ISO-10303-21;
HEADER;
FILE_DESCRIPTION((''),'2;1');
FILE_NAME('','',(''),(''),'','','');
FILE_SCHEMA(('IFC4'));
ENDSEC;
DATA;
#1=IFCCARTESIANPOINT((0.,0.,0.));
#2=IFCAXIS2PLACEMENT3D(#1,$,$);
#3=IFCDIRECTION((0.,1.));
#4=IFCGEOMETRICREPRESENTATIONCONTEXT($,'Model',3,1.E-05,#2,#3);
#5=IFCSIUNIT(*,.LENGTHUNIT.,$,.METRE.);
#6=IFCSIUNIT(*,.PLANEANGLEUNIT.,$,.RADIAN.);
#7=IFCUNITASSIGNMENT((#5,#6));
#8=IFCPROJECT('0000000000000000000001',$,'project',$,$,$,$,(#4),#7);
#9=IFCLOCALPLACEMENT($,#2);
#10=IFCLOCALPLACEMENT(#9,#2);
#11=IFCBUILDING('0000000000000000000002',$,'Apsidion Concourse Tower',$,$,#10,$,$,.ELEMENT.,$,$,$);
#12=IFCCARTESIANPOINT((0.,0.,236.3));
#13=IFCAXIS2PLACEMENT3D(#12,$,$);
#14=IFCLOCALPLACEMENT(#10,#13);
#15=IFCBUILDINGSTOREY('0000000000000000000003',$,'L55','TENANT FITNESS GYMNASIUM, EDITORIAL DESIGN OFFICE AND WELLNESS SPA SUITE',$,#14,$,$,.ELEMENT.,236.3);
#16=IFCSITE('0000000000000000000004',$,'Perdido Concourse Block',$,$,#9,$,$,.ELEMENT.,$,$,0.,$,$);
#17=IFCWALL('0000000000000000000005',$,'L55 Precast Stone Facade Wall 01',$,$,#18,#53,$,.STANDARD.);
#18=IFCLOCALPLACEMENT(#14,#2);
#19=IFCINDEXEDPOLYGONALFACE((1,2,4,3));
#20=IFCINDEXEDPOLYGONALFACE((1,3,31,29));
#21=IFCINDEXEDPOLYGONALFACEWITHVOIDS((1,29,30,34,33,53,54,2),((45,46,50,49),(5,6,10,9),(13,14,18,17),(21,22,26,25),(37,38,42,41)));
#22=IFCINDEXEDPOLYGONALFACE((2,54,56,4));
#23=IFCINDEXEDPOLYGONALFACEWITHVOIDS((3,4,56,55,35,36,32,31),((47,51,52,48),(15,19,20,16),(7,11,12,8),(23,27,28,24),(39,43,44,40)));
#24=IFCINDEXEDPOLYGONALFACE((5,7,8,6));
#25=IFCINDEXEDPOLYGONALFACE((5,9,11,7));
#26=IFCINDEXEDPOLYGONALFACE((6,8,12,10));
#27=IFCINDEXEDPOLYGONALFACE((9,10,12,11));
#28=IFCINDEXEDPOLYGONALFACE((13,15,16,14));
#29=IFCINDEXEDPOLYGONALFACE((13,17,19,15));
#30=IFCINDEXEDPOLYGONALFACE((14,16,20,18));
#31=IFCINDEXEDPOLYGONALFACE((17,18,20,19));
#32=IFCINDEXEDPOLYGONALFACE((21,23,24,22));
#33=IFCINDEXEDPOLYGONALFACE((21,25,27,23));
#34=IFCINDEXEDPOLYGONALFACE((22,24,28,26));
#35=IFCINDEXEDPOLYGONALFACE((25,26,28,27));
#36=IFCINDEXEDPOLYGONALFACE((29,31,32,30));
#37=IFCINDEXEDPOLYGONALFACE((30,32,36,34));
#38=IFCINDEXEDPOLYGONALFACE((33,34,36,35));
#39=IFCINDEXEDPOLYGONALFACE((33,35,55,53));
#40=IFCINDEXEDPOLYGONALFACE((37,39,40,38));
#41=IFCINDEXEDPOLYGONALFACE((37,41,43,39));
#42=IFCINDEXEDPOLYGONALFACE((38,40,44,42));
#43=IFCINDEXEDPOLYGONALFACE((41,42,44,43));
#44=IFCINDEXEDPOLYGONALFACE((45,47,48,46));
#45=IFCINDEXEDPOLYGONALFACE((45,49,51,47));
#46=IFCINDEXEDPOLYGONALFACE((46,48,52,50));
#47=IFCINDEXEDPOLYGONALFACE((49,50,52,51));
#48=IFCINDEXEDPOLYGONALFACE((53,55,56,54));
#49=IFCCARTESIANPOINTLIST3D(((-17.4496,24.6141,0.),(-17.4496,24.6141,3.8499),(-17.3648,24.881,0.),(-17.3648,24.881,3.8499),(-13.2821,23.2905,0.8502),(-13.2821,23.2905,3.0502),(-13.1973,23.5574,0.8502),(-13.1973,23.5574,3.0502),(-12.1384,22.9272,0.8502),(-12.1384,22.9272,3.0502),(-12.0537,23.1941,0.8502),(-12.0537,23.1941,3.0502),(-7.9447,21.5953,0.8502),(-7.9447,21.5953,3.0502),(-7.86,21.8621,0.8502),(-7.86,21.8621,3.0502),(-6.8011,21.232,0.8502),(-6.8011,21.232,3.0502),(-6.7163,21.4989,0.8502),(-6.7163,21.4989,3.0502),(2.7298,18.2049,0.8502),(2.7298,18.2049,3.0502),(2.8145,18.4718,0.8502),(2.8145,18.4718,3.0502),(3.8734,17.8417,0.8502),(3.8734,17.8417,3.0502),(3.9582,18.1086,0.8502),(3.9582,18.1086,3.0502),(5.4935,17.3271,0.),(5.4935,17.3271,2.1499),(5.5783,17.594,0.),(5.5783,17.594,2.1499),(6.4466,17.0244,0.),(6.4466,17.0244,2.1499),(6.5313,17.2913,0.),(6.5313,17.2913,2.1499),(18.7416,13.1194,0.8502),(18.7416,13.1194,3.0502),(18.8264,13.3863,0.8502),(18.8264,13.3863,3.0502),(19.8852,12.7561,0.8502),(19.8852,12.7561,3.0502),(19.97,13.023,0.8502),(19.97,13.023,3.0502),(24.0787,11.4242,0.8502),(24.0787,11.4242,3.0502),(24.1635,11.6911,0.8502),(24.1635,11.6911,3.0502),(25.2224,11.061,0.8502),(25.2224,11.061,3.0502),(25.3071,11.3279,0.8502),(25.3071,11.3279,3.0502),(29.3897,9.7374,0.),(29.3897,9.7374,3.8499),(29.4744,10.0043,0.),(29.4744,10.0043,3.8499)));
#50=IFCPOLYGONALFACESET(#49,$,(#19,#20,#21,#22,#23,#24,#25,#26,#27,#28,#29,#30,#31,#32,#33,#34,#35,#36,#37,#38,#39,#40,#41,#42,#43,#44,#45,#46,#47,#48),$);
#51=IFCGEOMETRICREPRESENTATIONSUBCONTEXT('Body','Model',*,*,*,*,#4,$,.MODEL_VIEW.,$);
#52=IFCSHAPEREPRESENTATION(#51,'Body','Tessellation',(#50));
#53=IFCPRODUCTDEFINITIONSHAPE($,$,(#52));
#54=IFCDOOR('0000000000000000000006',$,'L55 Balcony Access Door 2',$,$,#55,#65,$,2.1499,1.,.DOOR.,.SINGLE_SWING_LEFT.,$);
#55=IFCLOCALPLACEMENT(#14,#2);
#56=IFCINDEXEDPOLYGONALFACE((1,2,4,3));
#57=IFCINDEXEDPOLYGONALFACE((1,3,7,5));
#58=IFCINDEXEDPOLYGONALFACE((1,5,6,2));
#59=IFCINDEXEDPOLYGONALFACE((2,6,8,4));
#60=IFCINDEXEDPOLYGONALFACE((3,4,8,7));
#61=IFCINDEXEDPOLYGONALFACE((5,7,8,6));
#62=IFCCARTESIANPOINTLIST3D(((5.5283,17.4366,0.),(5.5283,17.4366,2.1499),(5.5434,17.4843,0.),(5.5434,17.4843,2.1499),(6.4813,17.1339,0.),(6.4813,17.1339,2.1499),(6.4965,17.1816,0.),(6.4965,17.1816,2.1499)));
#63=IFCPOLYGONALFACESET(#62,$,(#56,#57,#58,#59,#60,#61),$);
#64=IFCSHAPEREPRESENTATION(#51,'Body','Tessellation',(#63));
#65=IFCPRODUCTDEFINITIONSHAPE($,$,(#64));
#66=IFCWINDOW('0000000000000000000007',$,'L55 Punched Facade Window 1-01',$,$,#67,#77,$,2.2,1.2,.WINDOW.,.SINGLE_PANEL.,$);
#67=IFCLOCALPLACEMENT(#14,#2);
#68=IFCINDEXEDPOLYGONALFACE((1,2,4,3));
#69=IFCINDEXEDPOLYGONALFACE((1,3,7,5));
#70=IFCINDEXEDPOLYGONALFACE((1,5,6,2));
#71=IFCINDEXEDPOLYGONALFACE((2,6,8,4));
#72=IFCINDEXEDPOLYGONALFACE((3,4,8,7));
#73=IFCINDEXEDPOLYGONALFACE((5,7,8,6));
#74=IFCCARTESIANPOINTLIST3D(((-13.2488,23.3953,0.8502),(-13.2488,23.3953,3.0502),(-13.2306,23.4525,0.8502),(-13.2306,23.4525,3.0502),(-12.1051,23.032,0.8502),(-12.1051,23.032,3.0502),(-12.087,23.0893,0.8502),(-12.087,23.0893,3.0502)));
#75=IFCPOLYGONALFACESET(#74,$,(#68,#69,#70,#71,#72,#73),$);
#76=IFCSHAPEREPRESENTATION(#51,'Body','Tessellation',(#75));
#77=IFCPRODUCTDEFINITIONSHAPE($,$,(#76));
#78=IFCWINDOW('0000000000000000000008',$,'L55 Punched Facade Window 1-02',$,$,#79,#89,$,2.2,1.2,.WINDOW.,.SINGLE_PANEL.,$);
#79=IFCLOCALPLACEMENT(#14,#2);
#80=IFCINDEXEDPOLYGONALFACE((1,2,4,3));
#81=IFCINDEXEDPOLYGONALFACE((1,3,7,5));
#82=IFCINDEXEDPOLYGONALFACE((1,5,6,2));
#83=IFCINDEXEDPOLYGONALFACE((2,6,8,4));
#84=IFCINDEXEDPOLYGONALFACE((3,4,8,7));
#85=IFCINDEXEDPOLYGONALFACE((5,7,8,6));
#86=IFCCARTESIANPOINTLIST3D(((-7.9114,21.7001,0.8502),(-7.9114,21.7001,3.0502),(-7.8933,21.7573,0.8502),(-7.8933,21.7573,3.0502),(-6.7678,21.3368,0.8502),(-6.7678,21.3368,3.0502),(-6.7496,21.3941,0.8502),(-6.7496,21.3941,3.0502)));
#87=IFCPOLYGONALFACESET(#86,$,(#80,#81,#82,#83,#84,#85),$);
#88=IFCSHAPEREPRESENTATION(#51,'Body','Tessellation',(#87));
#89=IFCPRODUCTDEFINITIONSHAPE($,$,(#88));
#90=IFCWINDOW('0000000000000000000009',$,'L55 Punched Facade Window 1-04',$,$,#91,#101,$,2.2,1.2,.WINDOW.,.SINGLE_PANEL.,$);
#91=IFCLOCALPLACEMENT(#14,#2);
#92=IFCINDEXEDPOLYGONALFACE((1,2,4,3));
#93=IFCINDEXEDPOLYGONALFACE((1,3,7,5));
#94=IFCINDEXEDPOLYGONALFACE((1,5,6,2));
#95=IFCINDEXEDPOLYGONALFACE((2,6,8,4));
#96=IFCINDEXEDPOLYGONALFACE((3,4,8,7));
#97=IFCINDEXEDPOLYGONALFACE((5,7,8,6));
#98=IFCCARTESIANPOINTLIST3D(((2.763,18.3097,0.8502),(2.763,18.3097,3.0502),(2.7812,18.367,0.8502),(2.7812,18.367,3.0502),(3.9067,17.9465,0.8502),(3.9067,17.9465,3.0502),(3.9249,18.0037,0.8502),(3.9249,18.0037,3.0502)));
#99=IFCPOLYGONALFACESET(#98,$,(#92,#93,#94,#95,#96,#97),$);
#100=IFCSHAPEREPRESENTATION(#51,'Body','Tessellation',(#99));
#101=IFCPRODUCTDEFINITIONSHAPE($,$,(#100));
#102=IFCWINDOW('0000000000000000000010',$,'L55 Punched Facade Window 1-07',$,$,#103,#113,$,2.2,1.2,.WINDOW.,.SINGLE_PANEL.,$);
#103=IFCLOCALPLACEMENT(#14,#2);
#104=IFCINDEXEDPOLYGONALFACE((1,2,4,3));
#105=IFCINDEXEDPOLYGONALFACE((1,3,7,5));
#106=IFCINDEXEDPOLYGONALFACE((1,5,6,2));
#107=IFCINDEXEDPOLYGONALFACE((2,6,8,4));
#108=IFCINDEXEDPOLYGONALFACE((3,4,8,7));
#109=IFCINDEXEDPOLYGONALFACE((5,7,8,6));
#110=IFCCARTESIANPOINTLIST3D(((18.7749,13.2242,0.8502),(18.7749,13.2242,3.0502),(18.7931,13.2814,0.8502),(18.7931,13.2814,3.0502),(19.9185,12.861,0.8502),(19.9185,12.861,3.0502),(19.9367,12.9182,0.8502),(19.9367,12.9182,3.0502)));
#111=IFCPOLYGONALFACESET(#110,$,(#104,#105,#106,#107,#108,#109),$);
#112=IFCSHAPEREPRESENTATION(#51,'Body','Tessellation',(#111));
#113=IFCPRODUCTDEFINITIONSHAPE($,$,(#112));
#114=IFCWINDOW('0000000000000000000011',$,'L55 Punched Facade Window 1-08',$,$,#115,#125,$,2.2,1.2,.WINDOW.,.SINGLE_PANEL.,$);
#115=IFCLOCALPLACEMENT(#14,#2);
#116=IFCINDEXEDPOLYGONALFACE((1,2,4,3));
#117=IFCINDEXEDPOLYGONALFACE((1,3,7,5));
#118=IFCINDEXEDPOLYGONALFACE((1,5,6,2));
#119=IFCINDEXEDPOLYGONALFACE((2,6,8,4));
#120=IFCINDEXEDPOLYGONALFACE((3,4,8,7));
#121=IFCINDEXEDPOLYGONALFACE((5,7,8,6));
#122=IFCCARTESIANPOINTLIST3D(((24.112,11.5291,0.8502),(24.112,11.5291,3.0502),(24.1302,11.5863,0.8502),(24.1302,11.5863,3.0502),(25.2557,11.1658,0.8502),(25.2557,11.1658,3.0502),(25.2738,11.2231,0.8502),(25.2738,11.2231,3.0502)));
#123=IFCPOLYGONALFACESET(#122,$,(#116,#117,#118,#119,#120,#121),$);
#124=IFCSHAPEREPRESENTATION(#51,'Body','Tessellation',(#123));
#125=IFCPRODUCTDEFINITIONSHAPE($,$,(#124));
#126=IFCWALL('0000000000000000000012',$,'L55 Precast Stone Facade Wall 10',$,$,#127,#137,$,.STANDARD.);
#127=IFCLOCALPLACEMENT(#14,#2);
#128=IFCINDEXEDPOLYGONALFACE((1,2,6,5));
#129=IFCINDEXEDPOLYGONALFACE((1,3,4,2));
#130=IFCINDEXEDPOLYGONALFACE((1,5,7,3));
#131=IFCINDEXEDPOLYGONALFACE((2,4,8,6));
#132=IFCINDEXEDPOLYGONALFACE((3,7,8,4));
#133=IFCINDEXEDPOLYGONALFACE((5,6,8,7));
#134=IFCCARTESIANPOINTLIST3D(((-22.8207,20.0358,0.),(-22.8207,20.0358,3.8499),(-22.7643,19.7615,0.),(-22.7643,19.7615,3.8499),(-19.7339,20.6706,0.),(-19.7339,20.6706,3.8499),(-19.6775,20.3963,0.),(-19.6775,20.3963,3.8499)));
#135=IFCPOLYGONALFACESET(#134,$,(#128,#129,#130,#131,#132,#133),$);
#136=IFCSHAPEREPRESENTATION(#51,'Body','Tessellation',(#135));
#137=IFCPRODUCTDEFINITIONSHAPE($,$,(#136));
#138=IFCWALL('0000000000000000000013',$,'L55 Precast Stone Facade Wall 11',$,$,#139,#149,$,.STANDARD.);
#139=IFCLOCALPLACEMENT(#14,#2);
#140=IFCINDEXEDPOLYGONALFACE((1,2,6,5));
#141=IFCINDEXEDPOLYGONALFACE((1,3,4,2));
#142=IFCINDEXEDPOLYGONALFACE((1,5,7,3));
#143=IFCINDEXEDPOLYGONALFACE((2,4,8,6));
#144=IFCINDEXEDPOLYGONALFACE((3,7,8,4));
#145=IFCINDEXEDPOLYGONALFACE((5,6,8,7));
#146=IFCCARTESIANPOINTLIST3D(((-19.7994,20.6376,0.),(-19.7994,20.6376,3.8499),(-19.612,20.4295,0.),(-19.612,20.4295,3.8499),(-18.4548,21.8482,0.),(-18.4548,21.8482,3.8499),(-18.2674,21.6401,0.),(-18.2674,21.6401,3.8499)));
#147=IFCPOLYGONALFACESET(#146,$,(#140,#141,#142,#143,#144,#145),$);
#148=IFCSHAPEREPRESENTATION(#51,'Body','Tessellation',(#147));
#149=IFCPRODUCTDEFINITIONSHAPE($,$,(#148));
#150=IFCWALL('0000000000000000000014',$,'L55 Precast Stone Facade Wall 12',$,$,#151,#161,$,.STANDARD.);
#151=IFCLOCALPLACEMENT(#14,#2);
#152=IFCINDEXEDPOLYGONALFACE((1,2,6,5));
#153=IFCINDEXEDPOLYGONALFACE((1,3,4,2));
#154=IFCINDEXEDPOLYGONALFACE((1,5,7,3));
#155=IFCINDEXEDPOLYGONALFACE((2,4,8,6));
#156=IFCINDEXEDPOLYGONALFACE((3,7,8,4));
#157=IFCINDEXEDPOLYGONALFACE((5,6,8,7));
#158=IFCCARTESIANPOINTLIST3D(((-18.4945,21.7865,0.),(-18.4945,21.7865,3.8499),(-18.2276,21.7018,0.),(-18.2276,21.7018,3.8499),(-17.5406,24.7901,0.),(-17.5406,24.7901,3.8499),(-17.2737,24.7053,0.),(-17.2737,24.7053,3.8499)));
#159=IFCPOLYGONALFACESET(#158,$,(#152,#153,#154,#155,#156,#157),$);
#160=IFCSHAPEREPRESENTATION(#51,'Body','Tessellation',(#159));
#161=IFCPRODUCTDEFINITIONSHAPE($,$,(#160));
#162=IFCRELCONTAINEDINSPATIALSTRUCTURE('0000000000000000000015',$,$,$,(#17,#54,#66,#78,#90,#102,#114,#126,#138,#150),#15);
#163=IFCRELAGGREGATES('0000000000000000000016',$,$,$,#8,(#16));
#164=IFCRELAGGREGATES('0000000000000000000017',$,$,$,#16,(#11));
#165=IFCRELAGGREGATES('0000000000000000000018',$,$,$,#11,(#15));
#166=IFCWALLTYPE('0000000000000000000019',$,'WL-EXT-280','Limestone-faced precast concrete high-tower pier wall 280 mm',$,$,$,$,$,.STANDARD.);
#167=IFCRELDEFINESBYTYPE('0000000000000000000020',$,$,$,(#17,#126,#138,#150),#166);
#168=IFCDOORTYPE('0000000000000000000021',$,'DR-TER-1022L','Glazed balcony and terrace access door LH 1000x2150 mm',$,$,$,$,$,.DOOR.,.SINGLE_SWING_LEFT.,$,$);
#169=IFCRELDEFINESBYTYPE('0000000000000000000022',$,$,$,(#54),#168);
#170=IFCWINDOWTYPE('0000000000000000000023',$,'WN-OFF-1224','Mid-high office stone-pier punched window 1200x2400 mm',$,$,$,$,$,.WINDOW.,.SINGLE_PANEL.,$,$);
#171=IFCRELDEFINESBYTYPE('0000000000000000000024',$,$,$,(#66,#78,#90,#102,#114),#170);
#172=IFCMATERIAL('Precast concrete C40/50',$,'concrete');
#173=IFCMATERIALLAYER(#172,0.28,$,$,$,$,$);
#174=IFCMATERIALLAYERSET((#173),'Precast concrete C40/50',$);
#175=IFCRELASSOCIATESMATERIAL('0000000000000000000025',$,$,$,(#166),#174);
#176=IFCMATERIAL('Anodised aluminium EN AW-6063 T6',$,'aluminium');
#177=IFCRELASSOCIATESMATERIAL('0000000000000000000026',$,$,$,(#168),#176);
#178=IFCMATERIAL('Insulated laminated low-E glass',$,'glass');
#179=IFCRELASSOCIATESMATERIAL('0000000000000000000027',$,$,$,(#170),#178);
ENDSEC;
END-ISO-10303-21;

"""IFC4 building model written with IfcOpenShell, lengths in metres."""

from ifc_helpers import new_model, si_unit, direction, frame, frame_2d, origin, place, context, subcontext, project, spatial, rectangle, extrude, material, layer, layer_set, type_object, element, fill, save


model = new_model("IFC4")

# Units and contexts
model_context = context("Model", 3, precision=1e-05, world=origin(), true_north=direction((0.0, 1.0)))
body_context = subcontext(model_context, "Body", "Model", "MODEL_VIEW")
ifc_project = project(units=[si_unit("LENGTHUNIT", "METRE"), si_unit("PLANEANGLEUNIT", "RADIAN")], contexts=[model_context])

# Site, building, storey
site_placement = place(None, origin())
site = spatial("IfcSite", under=ifc_project, at=site_placement, Name="Perdido Concourse Block", CompositionType="ELEMENT", RefElevation=0.0)
building_placement = place(site_placement, origin())
building = spatial("IfcBuilding", under=site, at=building_placement, Name="Apsidion Concourse Tower", CompositionType="ELEMENT")
storey_placement = place(building_placement, frame((0.0, 0.0, 236.3)))
storey = spatial("IfcBuildingStorey", under=building, at=storey_placement, Name="L55", Description="TENANT FITNESS GYMNASIUM, EDITORIAL DESIGN OFFICE AND WELLNESS SPA SUITE", CompositionType="ELEMENT", Elevation=236.3)

# Wall, openings, door, windows
ifc_material_1 = material(Name="Precast concrete C40/50", Category="concrete")
ifc_layer = layer(ifc_material_1, 0.28)
ifc_layer_set = layer_set([ifc_layer], Name="Precast concrete C40/50")
wall_type = type_object("IfcWallType", Name="WL-EXT-280", Description="Limestone-faced precast concrete high-tower pier wall 280 mm", PredefinedType="STANDARD", material=ifc_layer_set)
wall_1_placement = place(storey_placement, frame((-17.4072, 24.7476, 0.0), z_axis=(0.0, 0.0, 1.0), x_axis=(0.953083, -0.30271, 0.0)))
wall_1 = element("IfcWall", 1, at=wall_1_placement, inside=storey, type_object=wall_type, Name="L55 Precast Stone Facade Wall 01", PredefinedType="STANDARD", context=body_context, shape_type="SweptSolid", body=[
    extrude(rectangle(XDim=49.145, YDim=0.28, at=frame_2d((24.5725, 0.0))), origin(), (0.0, 0.0, 1.0), 3.8499),
])
opening_1_placement = place(wall_1_placement, frame((24.0725, 0.0, 0.0)))
opening_1 = element("IfcOpeningElement", 2, at=opening_1_placement, cuts=wall_1, PredefinedType="OPENING", context=body_context, shape_type="SweptSolid", body=[
    extrude(rectangle(XDim=1.0, YDim=2.1499, at=frame_2d((0.5, 1.075))), frame((0.0, 0.1499, 0.0), z_axis=(0.0, -1.0, 0.0), x_axis=(1.0, 0.0, 0.0)), (0.0, 0.0, 1.0), 0.3),
])
opening_2_placement = place(wall_1_placement, frame((4.3726, 0.0, 0.8501)))
opening_2 = element("IfcOpeningElement", 3, at=opening_2_placement, cuts=wall_1, PredefinedType="OPENING", context=body_context, shape_type="SweptSolid", body=[
    extrude(rectangle(XDim=1.2, YDim=2.2, at=frame_2d((0.6001, 1.1001))), frame((0.0, 0.1499, 0.0), z_axis=(0.0, -1.0, 0.0), x_axis=(1.0, 0.0, 0.0)), (0.0, 0.0, 1.0), 0.3),
])
opening_3_placement = place(wall_1_placement, frame((9.9727, 0.0, 0.8501)))
opening_3 = element("IfcOpeningElement", 4, at=opening_3_placement, cuts=wall_1, PredefinedType="OPENING", context=body_context, shape_type="SweptSolid", body=[
    extrude(rectangle(XDim=1.2, YDim=2.2, at=frame_2d((0.6001, 1.1001))), frame((0.0, 0.1499, 0.0), z_axis=(0.0, -1.0, 0.0), x_axis=(1.0, 0.0, 0.0)), (0.0, 0.0, 1.0), 0.3),
])
opening_4_placement = place(wall_1_placement, frame((21.1726, 0.0, 0.8501)))
opening_4 = element("IfcOpeningElement", 5, at=opening_4_placement, cuts=wall_1, PredefinedType="OPENING", context=body_context, shape_type="SweptSolid", body=[
    extrude(rectangle(XDim=1.2, YDim=2.2, at=frame_2d((0.6001, 1.1001))), frame((0.0, 0.1499, 0.0), z_axis=(0.0, -1.0, 0.0), x_axis=(1.0, 0.0, 0.0)), (0.0, 0.0, 1.0), 0.3),
])
opening_5_placement = place(wall_1_placement, frame((37.9727, 0.0, 0.8501)))
opening_5 = element("IfcOpeningElement", 6, at=opening_5_placement, cuts=wall_1, PredefinedType="OPENING", context=body_context, shape_type="SweptSolid", body=[
    extrude(rectangle(XDim=1.2, YDim=2.2, at=frame_2d((0.6001, 1.1001))), frame((0.0, 0.1499, 0.0), z_axis=(0.0, -1.0, 0.0), x_axis=(1.0, 0.0, 0.0)), (0.0, 0.0, 1.0), 0.3),
])
opening_6_placement = place(wall_1_placement, frame((43.5725, 0.0, 0.8501)))
opening_6 = element("IfcOpeningElement", 7, at=opening_6_placement, cuts=wall_1, PredefinedType="OPENING", context=body_context, shape_type="SweptSolid", body=[
    extrude(rectangle(XDim=1.2, YDim=2.2, at=frame_2d((0.6001, 1.1001))), frame((0.0, 0.1499, 0.0), z_axis=(0.0, -1.0, 0.0), x_axis=(1.0, 0.0, 0.0)), (0.0, 0.0, 1.0), 0.3),
])
ifc_material_2 = material(Name="Anodised aluminium EN AW-6063 T6", Category="aluminium")
door_type = type_object("IfcDoorType", Name="DR-TER-1022L", Description="Glazed balcony and terrace access door LH 1000x2150 mm", OperationType="SINGLE_SWING_LEFT", PredefinedType="DOOR", material=ifc_material_2)
door_placement = place(opening_1_placement, origin())
door = element("IfcDoor", 8, at=door_placement, inside=storey, type_object=door_type, Name="L55 Balcony Access Door 2", OperationType="SINGLE_SWING_LEFT", OverallHeight=2.1499, OverallWidth=1.0, PredefinedType="DOOR", context=body_context, shape_type="SweptSolid", body=[
    extrude(rectangle(XDim=1.0, YDim=2.1499, at=frame_2d((0.5, 1.075))), frame((0.0, 0.0249, 0.0), z_axis=(0.0, -1.0, 0.0), x_axis=(1.0, 0.0, 0.0)), (0.0, 0.0, 1.0), 0.05),
])
fill(opening_1, door)
ifc_material_3 = material(Name="Insulated laminated low-E glass", Category="glass")
window_type = type_object("IfcWindowType", Name="WN-OFF-1224", Description="Mid-high office stone-pier punched window 1200x2400 mm", PartitioningType="SINGLE_PANEL", PredefinedType="WINDOW", material=ifc_material_3)
window_1_placement = place(opening_2_placement, origin())
window_1 = element("IfcWindow", 9, at=window_1_placement, inside=storey, type_object=window_type, Name="L55 Punched Facade Window 1-01", OverallHeight=2.2, OverallWidth=1.2, PartitioningType="SINGLE_PANEL", PredefinedType="WINDOW", context=body_context, shape_type="SweptSolid", body=[
    extrude(rectangle(XDim=1.2, YDim=2.2, at=frame_2d((0.6001, 1.1001))), frame((0.0, 0.03, 0.0), z_axis=(0.0, -1.0, 0.0), x_axis=(1.0, 0.0, 0.0)), (0.0, 0.0, 1.0), 0.0601),
])
fill(opening_2, window_1)
window_2_placement = place(opening_3_placement, origin())
window_2 = element("IfcWindow", 10, at=window_2_placement, inside=storey, type_object=window_type, Name="L55 Punched Facade Window 1-02", OverallHeight=2.2, OverallWidth=1.2, PartitioningType="SINGLE_PANEL", PredefinedType="WINDOW", context=body_context, shape_type="SweptSolid", body=[
    extrude(rectangle(XDim=1.2, YDim=2.2, at=frame_2d((0.6001, 1.1001))), frame((0.0, 0.03, 0.0), z_axis=(0.0, -1.0, 0.0), x_axis=(1.0, 0.0, 0.0)), (0.0, 0.0, 1.0), 0.0601),
])
fill(opening_3, window_2)
window_3_placement = place(opening_4_placement, origin())
window_3 = element("IfcWindow", 11, at=window_3_placement, inside=storey, type_object=window_type, Name="L55 Punched Facade Window 1-04", OverallHeight=2.2, OverallWidth=1.2, PartitioningType="SINGLE_PANEL", PredefinedType="WINDOW", context=body_context, shape_type="SweptSolid", body=[
    extrude(rectangle(XDim=1.2, YDim=2.2, at=frame_2d((0.6001, 1.1001))), frame((0.0, 0.03, 0.0), z_axis=(0.0, -1.0, 0.0), x_axis=(1.0, 0.0, 0.0)), (0.0, 0.0, 1.0), 0.0601),
])
fill(opening_4, window_3)
window_4_placement = place(opening_5_placement, origin())
window_4 = element("IfcWindow", 12, at=window_4_placement, inside=storey, type_object=window_type, Name="L55 Punched Facade Window 1-07", OverallHeight=2.2, OverallWidth=1.2, PartitioningType="SINGLE_PANEL", PredefinedType="WINDOW", context=body_context, shape_type="SweptSolid", body=[
    extrude(rectangle(XDim=1.2, YDim=2.2, at=frame_2d((0.6001, 1.1001))), frame((0.0, 0.03, 0.0), z_axis=(0.0, -1.0, 0.0), x_axis=(1.0, 0.0, 0.0)), (0.0, 0.0, 1.0), 0.0601),
])
fill(opening_5, window_4)
window_5_placement = place(opening_6_placement, origin())
window_5 = element("IfcWindow", 13, at=window_5_placement, inside=storey, type_object=window_type, Name="L55 Punched Facade Window 1-08", OverallHeight=2.2, OverallWidth=1.2, PartitioningType="SINGLE_PANEL", PredefinedType="WINDOW", context=body_context, shape_type="SweptSolid", body=[
    extrude(rectangle(XDim=1.2, YDim=2.2, at=frame_2d((0.6001, 1.1001))), frame((0.0, 0.03, 0.0), z_axis=(0.0, -1.0, 0.0), x_axis=(1.0, 0.0, 0.0)), (0.0, 0.0, 1.0), 0.0601),
])
fill(opening_6, window_5)

# Walls
wall_2_placement = place(storey_placement, frame((-22.7925, 19.8987, 0.0), z_axis=(0.0, 0.0, 1.0), x_axis=(0.979502, 0.201432, 0.0)))
element("IfcWall", 14, at=wall_2_placement, inside=storey, type_object=wall_type, Name="L55 Precast Stone Facade Wall 10", PredefinedType="STANDARD", context=body_context, shape_type="SweptSolid", body=[
    extrude(rectangle(XDim=3.1514, YDim=0.28, at=frame_2d((1.5757, 0.0))), origin(), (0.0, 0.0, 1.0), 3.8499),
])
wall_3_placement = place(storey_placement, frame((-19.7058, 20.5334, 0.0), z_axis=(0.0, 0.0, 1.0), x_axis=(0.743173, 0.669099, 0.0)))
element("IfcWall", 15, at=wall_3_placement, inside=storey, type_object=wall_type, Name="L55 Precast Stone Facade Wall 11", PredefinedType="STANDARD", context=body_context, shape_type="SweptSolid", body=[
    extrude(rectangle(XDim=1.8093, YDim=0.28, at=frame_2d((0.9048, 0.0))), origin(), (0.0, 0.0, 1.0), 3.8499),
])
wall_4_placement = place(storey_placement, frame((-18.3611, 21.7441, 0.0), z_axis=(0.0, 0.0, 1.0), x_axis=(0.302692, 0.953088, 0.0)))
element("IfcWall", 16, at=wall_4_placement, inside=storey, type_object=wall_type, Name="L55 Precast Stone Facade Wall 12", PredefinedType="STANDARD", context=body_context, shape_type="SweptSolid", body=[
    extrude(rectangle(XDim=3.1514, YDim=0.28, at=frame_2d((1.5757, 0.0))), origin(), (0.0, 0.0, 1.0), 3.8499),
])

save(model, "model.ifc")
